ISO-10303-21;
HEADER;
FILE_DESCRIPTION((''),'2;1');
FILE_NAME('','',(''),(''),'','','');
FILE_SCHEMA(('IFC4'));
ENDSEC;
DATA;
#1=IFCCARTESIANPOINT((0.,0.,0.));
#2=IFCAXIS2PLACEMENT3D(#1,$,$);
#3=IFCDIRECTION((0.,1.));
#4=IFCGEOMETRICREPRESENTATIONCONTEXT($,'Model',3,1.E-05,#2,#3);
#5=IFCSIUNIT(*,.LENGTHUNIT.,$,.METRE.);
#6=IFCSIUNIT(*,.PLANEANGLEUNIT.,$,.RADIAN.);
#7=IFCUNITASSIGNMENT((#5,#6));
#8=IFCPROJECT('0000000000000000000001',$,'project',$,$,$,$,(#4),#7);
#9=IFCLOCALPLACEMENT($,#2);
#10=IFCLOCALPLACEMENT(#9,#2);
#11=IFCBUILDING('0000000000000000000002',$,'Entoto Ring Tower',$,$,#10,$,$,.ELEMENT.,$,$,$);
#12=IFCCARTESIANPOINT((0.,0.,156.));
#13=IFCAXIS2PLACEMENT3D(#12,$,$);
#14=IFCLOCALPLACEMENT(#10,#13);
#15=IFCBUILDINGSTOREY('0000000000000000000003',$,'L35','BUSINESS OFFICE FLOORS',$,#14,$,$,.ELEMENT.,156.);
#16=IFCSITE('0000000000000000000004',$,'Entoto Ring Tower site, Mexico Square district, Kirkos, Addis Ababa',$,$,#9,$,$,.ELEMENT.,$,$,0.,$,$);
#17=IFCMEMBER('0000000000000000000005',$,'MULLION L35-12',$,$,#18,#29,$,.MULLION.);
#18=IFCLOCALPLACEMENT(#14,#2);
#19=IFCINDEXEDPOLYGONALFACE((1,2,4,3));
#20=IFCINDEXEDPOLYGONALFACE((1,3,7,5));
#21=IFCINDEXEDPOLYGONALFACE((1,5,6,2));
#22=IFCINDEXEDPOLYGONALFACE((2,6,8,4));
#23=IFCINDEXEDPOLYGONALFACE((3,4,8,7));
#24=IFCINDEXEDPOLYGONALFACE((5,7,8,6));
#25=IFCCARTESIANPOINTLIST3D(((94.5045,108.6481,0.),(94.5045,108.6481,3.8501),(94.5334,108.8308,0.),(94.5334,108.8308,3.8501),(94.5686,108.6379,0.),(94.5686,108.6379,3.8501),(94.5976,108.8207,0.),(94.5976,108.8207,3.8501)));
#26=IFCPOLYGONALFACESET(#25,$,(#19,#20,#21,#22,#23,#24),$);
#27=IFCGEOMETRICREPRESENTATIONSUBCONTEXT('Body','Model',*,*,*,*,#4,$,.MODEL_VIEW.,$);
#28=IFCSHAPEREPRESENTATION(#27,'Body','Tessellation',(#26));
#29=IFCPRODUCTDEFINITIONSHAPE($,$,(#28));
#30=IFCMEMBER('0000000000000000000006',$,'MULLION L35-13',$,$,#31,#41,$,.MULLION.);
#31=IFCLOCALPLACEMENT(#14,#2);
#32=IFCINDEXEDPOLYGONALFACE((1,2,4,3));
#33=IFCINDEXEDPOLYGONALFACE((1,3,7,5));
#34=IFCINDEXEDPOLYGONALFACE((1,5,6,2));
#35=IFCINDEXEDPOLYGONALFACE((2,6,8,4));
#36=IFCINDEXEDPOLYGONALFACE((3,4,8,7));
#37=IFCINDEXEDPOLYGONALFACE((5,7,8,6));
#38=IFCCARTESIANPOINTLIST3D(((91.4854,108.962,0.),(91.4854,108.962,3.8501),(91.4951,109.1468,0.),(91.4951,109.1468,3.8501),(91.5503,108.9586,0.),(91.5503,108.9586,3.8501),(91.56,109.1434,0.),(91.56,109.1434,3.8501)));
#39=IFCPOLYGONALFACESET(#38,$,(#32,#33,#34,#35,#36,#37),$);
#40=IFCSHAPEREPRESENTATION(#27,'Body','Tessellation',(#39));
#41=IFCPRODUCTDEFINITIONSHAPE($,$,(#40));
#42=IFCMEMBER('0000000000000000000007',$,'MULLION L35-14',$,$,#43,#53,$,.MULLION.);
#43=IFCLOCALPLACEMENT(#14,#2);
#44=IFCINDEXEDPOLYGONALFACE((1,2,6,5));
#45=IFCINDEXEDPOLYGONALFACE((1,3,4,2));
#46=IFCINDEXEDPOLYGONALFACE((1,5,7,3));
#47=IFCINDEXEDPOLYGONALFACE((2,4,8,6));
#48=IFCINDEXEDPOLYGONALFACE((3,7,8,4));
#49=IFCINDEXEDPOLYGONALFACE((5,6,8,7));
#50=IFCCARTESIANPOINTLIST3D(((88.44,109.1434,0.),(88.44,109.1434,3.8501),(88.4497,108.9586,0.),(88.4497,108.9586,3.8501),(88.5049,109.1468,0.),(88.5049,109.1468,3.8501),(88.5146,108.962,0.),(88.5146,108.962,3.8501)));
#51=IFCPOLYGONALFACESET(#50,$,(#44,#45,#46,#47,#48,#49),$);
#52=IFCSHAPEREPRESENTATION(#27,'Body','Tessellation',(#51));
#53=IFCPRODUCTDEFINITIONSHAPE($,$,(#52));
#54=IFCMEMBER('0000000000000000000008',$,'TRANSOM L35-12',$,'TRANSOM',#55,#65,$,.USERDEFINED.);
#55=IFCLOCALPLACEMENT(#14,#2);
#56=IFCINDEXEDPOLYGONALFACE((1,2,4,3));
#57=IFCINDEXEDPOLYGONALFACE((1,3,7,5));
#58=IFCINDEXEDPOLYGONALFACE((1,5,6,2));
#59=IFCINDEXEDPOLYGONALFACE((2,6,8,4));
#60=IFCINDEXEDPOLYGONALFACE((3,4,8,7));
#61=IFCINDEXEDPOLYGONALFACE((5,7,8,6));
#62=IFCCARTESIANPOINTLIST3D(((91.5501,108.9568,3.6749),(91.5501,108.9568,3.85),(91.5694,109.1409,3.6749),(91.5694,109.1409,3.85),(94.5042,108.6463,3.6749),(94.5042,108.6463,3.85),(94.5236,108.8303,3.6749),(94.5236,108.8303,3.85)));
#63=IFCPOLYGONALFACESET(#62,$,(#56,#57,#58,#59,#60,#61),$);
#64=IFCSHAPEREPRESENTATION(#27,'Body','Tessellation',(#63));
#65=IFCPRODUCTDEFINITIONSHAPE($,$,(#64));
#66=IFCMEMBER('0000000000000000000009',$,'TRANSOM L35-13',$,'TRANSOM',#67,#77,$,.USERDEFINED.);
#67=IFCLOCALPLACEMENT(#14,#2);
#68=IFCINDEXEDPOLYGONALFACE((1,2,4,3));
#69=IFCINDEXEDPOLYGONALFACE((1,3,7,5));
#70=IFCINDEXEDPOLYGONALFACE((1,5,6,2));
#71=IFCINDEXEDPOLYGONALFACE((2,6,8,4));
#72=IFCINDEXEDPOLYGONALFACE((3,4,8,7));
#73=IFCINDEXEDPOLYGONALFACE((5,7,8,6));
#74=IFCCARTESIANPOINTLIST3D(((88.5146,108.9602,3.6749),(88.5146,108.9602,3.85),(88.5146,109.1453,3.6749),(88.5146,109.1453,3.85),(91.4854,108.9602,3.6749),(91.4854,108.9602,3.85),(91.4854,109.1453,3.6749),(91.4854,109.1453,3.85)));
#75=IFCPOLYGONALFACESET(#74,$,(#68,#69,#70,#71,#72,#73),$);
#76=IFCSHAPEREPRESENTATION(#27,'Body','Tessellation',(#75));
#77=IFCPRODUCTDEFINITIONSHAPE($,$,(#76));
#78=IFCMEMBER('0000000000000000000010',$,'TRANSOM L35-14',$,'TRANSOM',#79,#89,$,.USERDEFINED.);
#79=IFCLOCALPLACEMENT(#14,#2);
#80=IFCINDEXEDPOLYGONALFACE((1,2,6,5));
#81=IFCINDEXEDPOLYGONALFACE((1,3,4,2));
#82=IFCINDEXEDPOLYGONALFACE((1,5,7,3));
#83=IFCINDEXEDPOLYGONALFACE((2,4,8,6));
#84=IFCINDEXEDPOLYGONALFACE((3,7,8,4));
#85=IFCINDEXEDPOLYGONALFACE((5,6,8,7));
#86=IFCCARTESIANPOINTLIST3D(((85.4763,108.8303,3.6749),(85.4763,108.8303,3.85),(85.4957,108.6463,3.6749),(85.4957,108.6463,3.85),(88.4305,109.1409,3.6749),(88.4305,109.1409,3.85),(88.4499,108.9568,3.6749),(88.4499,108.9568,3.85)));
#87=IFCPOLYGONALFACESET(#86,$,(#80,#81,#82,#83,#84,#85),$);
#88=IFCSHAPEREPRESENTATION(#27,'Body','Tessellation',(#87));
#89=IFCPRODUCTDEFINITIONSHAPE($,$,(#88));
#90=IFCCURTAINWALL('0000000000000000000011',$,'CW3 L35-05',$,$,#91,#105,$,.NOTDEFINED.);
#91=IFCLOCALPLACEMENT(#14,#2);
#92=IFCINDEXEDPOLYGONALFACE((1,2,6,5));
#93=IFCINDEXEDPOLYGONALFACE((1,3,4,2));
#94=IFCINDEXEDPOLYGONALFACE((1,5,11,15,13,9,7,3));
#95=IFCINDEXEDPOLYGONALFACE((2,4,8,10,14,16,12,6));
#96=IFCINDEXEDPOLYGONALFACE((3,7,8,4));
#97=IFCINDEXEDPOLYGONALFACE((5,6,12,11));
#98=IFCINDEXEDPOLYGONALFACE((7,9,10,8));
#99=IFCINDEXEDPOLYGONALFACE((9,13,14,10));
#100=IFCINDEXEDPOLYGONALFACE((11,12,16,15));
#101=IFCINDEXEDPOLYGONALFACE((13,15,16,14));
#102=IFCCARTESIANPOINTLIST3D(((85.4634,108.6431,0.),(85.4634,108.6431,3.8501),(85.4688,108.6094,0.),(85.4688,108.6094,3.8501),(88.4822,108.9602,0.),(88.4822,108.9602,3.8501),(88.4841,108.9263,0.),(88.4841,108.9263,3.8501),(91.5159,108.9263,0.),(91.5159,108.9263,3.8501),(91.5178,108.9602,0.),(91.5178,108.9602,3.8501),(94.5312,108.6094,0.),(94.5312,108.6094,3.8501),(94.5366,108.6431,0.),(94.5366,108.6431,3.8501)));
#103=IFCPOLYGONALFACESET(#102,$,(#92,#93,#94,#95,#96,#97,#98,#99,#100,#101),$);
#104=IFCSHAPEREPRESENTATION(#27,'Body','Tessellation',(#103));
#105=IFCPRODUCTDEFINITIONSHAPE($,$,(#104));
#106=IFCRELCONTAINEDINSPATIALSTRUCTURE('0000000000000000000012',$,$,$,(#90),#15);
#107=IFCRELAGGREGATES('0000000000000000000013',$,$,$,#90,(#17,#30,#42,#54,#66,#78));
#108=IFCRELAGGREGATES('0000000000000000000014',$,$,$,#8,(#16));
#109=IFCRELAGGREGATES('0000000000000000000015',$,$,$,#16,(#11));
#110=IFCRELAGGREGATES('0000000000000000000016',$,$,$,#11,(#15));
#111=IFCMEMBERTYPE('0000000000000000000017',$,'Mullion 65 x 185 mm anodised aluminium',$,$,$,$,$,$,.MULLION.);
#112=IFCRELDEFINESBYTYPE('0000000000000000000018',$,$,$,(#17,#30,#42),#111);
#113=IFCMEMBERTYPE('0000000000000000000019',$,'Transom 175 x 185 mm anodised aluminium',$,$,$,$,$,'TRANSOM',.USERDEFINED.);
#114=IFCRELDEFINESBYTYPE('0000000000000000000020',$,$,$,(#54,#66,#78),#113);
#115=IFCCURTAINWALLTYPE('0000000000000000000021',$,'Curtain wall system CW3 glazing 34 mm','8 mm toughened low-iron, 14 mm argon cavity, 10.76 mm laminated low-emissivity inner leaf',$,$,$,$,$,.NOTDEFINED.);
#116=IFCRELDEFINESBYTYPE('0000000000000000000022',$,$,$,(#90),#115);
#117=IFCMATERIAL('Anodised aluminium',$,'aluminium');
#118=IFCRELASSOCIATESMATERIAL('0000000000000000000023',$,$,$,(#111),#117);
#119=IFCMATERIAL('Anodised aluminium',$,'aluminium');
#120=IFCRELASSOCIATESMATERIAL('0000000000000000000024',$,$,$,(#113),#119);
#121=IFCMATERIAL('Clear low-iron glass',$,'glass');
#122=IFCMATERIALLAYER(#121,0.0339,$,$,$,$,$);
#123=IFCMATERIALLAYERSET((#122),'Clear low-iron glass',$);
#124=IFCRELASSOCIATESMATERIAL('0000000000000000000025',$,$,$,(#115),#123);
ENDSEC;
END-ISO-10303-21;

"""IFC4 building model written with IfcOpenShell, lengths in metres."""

from ifc_helpers import new_model, si_unit, direction, frame, origin, origin_2d, place, context, subcontext, project, spatial, polyline, rectangle, outline, extrude, material, layer, layer_set, material_profile, profile_set, type_object, element, aggregate, save


model = new_model("IFC4")

# Units and contexts
model_context = context("Model", 3, precision=1e-05, world=origin(), true_north=direction((0.0, 1.0)))
body_context = subcontext(model_context, "Body", "Model", "MODEL_VIEW")
ifc_project = project(units=[si_unit("LENGTHUNIT", "METRE"), si_unit("PLANEANGLEUNIT", "RADIAN")], contexts=[model_context])

# Members
ifc_material_1 = material(Name="Anodised aluminium", Category="aluminium")
ifc_material_profile_1 = material_profile(ifc_material_1, rectangle(XDim=0.0649, YDim=0.1851, at=origin_2d()), Name="Mullion 65 x 185 mm anodised aluminium")
ifc_profile_set_1 = profile_set([ifc_material_profile_1], Name="Anodised aluminium")
member_type_1 = type_object("IfcMemberType", Name="Mullion 65 x 185 mm anodised aluminium", PredefinedType="MULLION", material=ifc_profile_set_1)
site_placement = place(None, origin())
building_placement = place(site_placement, origin())
storey_placement = place(building_placement, frame((0.0, 0.0, 156.0)))
member_1_placement = place(storey_placement, frame((94.551, 108.7344, 0.0), z_axis=(0.0, 0.0, 1.0), x_axis=(-0.987688, 0.156434, 0.0)))
member_1 = element("IfcMember", 1, at=member_1_placement, type_object=member_type_1, Name="MULLION L35-12", PredefinedType="MULLION", context=body_context, shape_type="SweptSolid", body=[
    extrude(rectangle(XDim=0.0649, YDim=0.1851, at=origin_2d()), origin(), (0.0, 0.0, 1.0), 3.8501),
])
member_2_placement = place(storey_placement, frame((91.5227, 109.0527, 0.0), z_axis=(0.0, 0.0, 1.0), x_axis=(-0.99863, 0.052336, 0.0)))
member_2 = element("IfcMember", 2, at=member_2_placement, type_object=member_type_1, Name="MULLION L35-13", PredefinedType="MULLION", context=body_context, shape_type="SweptSolid", body=[
    extrude(rectangle(XDim=0.0649, YDim=0.1851, at=origin_2d()), origin(), (0.0, 0.0, 1.0), 3.8501),
])
member_3_placement = place(storey_placement, frame((88.4773, 109.0527, 0.0), z_axis=(0.0, 0.0, 1.0), x_axis=(-0.99863, -0.052336, 0.0)))
member_3 = element("IfcMember", 3, at=member_3_placement, type_object=member_type_1, Name="MULLION L35-14", PredefinedType="MULLION", context=body_context, shape_type="SweptSolid", body=[
    extrude(rectangle(XDim=0.0649, YDim=0.1851, at=origin_2d()), origin(), (0.0, 0.0, 1.0), 3.8501),
])
ifc_material_2 = material(Name="Anodised aluminium", Category="aluminium")
ifc_material_profile_2 = material_profile(ifc_material_2, rectangle(XDim=0.1851, YDim=0.175, at=origin_2d()), Name="Transom 175 x 185 mm anodised aluminium")
ifc_profile_set_2 = profile_set([ifc_material_profile_2], Name="Anodised aluminium")
member_type_2 = type_object("IfcMemberType", Name="Transom 175 x 185 mm anodised aluminium", ElementType="TRANSOM", PredefinedType="USERDEFINED", material=ifc_profile_set_2)
member_4_placement = place(storey_placement, frame((94.5139, 108.7383, 3.7625), z_axis=(-0.99452, 0.104548, 0.0), x_axis=(-0.104548, -0.99452, 0.0)))
member_4 = element("IfcMember", 4, at=member_4_placement, type_object=member_type_2, Name="TRANSOM L35-12", ObjectType="TRANSOM", PredefinedType="USERDEFINED", context=body_context, shape_type="SweptSolid", body=[
    extrude(rectangle(XDim=0.1851, YDim=0.175, at=origin_2d()), origin(), (0.0, 0.0, 1.0), 2.9705),
])
member_5_placement = place(storey_placement, frame((91.4854, 109.0527, 3.7625), z_axis=(-1.0, 0.0, 0.0), x_axis=(0.0, -1.0, 0.0)))
member_5 = element("IfcMember", 5, at=member_5_placement, type_object=member_type_2, Name="TRANSOM L35-13", ObjectType="TRANSOM", PredefinedType="USERDEFINED", context=body_context, shape_type="SweptSolid", body=[
    extrude(rectangle(XDim=0.1851, YDim=0.175, at=origin_2d()), origin(), (0.0, 0.0, 1.0), 2.9707),
])
member_6_placement = place(storey_placement, frame((88.4402, 109.0488, 3.7625), z_axis=(-0.99452, -0.104548, 0.0), x_axis=(0.104548, -0.99452, 0.0)))
member_6 = element("IfcMember", 6, at=member_6_placement, type_object=member_type_2, Name="TRANSOM L35-14", ObjectType="TRANSOM", PredefinedType="USERDEFINED", context=body_context, shape_type="SweptSolid", body=[
    extrude(rectangle(XDim=0.1851, YDim=0.175, at=origin_2d()), origin(), (0.0, 0.0, 1.0), 2.9705),
])

# Site, building, storey
site = spatial("IfcSite", under=ifc_project, at=site_placement, Name="Entoto Ring Tower site, Mexico Square district, Kirkos, Addis Ababa", CompositionType="ELEMENT", RefElevation=0.0)
building = spatial("IfcBuilding", under=site, at=building_placement, Name="Entoto Ring Tower", CompositionType="ELEMENT")
storey = spatial("IfcBuildingStorey", under=building, at=storey_placement, Name="L35", Description="BUSINESS OFFICE FLOORS", CompositionType="ELEMENT", Elevation=156.0)

# Curtain wall
ifc_material_3 = material(Name="Clear low-iron glass", Category="glass")
ifc_layer = layer(ifc_material_3, 0.0339)
ifc_layer_set = layer_set([ifc_layer], Name="Clear low-iron glass")
curtain_wall_type = type_object("IfcCurtainWallType", Name="Curtain wall system CW3 glazing 34 mm", Description="8 mm toughened low-iron, 14 mm argon cavity, 10.76 mm laminated low-emissivity inner leaf", PredefinedType="NOTDEFINED", material=ifc_layer_set)
curtain_wall_1_placement = place(storey_placement, origin())
curtain_wall_1 = element("IfcCurtainWall", 7, at=curtain_wall_1_placement, inside=storey, type_object=curtain_wall_type, Name="CW3 L35-05", PredefinedType="NOTDEFINED", context=body_context, shape_type="SweptSolid", body=[
    extrude(outline(polyline([(94.5366, 108.6431), (91.5178, 108.9602), (88.4822, 108.9602), (85.4634, 108.6431), (85.4688, 108.6094), (88.4841, 108.9263), (91.5159, 108.9263), (94.5312, 108.6094), (94.5366, 108.6431)])), origin(), (0.0, 0.0, 1.0), 3.8501),
])
aggregate(curtain_wall_1, [member_1, member_2, member_3, member_4, member_5, member_6])

save(model, "model.ifc")
